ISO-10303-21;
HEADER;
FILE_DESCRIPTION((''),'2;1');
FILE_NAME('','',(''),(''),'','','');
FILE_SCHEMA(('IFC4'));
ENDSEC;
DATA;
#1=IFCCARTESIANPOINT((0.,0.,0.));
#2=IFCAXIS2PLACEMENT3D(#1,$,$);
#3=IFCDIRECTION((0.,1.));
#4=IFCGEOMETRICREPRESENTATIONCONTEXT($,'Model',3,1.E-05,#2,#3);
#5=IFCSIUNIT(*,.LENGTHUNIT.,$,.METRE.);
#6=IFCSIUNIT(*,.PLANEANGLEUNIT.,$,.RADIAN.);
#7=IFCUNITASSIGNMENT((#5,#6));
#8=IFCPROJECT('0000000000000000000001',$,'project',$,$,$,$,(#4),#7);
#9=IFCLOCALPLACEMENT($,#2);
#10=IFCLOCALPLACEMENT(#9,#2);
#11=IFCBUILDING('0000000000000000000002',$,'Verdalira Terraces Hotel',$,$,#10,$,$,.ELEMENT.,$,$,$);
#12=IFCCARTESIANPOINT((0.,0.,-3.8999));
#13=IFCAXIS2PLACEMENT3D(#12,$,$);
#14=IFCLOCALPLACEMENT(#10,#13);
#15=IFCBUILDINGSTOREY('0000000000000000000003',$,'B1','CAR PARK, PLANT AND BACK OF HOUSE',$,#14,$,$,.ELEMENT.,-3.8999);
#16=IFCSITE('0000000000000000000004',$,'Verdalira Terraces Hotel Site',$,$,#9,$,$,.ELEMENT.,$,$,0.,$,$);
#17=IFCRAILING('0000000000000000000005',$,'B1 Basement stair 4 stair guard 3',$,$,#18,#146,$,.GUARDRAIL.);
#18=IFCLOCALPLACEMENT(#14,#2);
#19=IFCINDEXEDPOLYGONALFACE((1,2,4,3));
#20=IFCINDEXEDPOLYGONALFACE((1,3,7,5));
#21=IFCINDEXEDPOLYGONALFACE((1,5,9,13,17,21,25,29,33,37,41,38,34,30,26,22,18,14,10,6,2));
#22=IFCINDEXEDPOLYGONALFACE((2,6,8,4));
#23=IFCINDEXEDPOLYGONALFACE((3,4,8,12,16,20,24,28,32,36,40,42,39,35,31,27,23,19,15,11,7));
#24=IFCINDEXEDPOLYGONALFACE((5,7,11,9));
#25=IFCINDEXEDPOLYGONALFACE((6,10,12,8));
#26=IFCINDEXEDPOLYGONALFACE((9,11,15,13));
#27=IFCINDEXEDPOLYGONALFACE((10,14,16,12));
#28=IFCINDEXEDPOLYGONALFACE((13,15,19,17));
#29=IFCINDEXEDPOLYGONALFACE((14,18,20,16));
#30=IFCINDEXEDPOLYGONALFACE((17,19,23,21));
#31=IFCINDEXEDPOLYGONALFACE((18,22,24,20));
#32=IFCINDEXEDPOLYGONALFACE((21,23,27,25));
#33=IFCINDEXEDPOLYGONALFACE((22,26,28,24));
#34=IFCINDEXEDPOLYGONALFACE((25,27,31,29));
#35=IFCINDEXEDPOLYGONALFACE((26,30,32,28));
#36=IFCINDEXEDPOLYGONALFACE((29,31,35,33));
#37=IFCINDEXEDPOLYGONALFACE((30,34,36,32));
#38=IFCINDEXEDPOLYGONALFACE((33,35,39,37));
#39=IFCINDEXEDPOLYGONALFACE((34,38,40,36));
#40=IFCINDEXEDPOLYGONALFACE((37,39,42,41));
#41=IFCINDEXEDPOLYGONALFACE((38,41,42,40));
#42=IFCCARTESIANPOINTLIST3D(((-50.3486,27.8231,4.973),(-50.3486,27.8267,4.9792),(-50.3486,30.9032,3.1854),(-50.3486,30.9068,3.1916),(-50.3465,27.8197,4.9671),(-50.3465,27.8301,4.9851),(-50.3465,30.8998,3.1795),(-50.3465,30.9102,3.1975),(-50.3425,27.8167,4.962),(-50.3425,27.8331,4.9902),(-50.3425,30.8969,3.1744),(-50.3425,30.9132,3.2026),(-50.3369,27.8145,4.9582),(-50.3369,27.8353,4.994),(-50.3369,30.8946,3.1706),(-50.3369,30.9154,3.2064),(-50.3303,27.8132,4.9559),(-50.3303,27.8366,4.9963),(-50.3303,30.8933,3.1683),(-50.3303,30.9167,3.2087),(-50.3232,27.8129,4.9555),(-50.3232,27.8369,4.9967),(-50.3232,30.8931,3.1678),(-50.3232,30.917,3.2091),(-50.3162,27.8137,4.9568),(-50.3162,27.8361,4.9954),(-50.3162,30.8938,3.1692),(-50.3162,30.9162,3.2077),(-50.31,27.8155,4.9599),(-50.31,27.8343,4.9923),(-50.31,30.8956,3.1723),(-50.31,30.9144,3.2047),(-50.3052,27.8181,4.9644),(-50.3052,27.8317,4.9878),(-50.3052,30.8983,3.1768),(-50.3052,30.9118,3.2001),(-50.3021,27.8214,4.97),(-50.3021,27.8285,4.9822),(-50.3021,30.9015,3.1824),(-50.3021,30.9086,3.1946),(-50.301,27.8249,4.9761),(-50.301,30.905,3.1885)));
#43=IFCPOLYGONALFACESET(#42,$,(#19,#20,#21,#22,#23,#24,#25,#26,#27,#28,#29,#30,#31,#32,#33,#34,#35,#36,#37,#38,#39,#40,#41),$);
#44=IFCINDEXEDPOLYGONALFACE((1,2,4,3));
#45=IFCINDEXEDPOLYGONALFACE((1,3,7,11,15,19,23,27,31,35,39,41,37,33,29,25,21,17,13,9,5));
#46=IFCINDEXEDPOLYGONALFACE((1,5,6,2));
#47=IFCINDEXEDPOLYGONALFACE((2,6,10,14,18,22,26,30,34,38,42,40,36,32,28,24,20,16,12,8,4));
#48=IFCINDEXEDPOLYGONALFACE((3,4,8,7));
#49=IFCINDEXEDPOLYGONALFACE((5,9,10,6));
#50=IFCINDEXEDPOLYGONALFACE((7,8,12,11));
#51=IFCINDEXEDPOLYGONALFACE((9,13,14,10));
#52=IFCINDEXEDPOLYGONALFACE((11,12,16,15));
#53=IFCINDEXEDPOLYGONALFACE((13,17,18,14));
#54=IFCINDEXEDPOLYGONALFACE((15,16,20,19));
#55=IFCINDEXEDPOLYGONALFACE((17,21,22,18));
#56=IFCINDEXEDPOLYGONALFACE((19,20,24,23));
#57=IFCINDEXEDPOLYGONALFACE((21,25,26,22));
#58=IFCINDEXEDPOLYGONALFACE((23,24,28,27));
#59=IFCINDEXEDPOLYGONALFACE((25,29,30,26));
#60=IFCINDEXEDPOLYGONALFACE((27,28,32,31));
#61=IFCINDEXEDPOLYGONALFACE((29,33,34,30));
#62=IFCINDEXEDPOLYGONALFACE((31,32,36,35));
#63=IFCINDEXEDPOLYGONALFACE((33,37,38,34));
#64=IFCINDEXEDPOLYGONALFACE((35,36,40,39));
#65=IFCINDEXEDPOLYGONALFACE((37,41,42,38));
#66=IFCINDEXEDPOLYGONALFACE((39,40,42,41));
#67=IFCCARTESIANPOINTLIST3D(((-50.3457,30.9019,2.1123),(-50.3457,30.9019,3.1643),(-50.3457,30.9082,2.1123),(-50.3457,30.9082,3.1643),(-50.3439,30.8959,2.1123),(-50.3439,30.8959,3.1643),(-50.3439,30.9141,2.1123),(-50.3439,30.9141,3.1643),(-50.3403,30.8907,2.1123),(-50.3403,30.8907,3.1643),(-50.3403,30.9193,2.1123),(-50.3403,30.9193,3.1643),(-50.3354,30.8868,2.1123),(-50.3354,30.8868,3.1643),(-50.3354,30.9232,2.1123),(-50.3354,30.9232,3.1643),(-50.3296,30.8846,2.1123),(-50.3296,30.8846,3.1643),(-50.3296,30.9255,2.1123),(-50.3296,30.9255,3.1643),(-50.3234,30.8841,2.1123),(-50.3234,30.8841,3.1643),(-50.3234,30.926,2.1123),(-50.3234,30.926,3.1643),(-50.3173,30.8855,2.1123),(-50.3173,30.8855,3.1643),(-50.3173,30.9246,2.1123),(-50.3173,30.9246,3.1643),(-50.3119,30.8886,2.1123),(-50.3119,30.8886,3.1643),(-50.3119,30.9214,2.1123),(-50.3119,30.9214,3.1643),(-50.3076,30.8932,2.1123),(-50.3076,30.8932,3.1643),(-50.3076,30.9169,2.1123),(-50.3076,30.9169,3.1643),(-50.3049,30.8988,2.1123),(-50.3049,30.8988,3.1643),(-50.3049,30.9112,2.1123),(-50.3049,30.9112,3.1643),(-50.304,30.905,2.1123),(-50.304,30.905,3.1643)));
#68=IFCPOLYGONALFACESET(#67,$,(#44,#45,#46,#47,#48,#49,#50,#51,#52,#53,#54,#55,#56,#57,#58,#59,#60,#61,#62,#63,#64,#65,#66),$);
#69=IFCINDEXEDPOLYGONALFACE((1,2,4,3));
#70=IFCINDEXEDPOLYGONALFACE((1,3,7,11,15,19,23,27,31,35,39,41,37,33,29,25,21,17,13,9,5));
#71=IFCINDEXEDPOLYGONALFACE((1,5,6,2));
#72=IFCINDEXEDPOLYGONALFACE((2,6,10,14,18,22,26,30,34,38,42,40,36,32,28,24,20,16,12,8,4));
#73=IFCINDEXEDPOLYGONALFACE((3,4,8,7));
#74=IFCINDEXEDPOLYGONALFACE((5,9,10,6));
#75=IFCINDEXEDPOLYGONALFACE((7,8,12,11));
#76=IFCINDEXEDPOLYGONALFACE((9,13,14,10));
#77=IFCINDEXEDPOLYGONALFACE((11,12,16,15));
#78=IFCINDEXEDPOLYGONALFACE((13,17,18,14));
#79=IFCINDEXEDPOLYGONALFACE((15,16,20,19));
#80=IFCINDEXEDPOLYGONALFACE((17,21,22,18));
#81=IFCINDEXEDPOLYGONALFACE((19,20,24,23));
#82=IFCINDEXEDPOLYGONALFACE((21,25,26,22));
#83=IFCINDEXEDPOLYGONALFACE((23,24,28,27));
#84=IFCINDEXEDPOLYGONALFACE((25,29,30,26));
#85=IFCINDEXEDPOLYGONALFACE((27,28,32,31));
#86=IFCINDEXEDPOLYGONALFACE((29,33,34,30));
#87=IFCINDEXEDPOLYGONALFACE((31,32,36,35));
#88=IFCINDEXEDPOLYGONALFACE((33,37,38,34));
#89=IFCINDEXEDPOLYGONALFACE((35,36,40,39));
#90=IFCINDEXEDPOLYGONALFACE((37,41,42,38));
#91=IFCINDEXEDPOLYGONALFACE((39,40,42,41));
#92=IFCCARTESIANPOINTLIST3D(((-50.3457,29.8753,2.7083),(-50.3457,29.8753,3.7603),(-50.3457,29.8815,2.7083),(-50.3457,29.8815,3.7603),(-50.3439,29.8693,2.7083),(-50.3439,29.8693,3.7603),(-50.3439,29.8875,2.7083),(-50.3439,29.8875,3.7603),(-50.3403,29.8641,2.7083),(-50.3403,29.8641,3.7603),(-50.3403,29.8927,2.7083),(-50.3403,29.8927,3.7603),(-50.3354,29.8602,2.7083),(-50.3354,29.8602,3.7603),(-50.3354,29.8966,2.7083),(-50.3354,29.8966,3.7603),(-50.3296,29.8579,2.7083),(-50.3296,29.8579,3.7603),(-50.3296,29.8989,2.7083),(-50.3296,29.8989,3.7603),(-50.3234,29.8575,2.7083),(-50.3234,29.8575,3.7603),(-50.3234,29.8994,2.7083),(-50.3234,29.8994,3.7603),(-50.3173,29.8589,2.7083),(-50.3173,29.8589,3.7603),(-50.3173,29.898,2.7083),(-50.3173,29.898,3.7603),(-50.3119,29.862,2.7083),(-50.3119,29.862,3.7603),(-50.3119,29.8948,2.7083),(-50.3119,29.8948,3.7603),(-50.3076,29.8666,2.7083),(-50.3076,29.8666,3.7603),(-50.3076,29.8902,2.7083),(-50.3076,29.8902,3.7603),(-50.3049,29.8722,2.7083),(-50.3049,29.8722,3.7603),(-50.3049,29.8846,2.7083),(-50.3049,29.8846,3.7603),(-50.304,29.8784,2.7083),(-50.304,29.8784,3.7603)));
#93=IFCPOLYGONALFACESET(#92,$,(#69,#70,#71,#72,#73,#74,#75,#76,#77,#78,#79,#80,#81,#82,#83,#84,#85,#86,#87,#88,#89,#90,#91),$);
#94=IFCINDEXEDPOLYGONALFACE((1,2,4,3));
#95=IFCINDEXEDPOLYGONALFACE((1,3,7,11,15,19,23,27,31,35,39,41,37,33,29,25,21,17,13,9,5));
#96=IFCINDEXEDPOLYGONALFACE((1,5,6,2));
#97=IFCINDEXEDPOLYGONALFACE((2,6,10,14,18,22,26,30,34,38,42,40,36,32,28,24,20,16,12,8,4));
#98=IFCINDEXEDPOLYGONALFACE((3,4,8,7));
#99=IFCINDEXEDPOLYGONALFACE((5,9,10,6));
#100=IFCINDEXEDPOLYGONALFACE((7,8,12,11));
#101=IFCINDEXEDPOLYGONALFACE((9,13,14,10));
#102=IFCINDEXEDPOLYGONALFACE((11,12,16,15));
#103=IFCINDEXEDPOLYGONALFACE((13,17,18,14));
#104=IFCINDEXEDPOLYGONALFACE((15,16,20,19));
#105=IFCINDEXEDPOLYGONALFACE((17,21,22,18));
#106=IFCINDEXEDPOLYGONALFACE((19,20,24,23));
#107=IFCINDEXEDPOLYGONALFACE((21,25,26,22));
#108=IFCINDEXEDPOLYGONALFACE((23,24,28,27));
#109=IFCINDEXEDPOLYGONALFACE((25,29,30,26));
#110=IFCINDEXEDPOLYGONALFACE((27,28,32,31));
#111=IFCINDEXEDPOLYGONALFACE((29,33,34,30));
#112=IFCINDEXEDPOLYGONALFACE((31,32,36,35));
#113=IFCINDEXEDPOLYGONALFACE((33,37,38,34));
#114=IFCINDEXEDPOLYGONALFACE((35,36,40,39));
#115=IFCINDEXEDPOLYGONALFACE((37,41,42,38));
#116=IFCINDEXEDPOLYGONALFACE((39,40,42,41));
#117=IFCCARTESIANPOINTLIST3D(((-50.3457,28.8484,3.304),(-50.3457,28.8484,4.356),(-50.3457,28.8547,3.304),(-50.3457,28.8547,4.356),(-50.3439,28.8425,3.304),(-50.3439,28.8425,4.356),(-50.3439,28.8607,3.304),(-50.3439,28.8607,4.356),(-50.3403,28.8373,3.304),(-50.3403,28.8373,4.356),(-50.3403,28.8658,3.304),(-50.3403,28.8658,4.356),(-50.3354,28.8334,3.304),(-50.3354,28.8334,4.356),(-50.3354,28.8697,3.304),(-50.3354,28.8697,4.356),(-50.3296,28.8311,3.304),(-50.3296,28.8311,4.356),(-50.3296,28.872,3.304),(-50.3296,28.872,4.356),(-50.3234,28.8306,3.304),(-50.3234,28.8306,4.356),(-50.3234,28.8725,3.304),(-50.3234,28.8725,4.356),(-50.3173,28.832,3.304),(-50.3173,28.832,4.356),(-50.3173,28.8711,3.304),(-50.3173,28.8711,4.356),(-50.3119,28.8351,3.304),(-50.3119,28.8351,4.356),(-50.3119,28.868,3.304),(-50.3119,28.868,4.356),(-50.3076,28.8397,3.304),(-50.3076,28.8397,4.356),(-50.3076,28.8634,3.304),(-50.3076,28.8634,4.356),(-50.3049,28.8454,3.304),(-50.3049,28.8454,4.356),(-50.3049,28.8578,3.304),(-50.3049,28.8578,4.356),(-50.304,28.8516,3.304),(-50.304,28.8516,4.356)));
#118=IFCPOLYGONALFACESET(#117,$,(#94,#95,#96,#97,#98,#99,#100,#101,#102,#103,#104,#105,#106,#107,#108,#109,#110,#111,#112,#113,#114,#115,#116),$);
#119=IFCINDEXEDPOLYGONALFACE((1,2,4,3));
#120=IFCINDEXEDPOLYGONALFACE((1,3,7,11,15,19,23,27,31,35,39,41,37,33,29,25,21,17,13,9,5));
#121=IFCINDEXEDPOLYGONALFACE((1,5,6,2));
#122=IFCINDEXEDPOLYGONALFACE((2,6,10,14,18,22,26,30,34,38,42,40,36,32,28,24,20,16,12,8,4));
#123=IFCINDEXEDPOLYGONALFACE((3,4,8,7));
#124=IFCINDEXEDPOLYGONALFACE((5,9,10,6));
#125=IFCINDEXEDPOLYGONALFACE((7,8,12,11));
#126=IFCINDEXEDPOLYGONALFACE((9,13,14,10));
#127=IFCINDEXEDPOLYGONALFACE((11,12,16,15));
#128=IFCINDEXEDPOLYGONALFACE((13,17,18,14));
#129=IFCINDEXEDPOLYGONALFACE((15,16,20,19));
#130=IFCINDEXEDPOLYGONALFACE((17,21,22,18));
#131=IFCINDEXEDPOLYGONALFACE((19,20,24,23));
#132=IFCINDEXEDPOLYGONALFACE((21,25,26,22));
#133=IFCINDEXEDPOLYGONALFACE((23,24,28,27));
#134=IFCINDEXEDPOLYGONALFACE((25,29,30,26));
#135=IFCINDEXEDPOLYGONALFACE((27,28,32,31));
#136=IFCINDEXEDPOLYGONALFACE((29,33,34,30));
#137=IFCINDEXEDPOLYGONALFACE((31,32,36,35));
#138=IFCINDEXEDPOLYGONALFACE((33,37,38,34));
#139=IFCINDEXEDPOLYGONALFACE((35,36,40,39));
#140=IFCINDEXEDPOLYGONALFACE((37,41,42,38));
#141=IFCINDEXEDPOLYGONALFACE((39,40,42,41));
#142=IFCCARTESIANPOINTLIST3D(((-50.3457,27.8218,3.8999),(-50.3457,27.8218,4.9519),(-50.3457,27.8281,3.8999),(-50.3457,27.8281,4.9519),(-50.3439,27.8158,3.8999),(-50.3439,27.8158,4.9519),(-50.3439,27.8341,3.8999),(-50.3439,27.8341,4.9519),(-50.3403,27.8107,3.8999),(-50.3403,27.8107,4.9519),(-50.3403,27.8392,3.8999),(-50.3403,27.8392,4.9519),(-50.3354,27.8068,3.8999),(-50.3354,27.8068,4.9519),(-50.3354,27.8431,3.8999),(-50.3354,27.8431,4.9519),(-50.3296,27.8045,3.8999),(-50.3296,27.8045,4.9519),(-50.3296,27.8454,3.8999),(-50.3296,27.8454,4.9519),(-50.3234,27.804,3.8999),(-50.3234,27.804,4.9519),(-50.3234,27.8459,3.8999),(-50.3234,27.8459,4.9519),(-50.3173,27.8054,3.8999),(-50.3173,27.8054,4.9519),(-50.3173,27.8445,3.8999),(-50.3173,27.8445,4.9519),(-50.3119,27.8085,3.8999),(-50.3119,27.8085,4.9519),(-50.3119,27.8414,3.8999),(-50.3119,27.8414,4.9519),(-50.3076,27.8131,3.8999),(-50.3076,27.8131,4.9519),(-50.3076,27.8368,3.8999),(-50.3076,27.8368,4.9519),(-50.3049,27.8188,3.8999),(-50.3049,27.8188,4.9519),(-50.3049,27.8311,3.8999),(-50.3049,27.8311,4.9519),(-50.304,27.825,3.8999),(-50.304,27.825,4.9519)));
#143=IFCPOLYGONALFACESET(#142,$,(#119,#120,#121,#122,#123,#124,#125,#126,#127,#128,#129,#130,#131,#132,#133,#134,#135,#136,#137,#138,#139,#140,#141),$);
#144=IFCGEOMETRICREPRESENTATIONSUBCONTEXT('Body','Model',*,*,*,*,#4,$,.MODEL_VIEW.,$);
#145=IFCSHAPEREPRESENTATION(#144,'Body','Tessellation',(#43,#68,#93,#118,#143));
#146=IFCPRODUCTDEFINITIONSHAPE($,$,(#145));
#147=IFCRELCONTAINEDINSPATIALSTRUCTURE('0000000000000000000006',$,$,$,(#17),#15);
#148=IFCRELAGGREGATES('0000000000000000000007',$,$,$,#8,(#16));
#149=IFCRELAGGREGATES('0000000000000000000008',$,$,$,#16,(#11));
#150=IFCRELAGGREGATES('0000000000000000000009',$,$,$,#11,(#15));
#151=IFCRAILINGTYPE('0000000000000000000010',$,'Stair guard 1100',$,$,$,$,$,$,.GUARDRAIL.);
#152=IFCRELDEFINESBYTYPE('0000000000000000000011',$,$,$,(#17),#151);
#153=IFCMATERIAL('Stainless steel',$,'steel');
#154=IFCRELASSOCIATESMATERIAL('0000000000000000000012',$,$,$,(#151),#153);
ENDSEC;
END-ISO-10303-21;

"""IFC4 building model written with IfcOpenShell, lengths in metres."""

from ifc_helpers import new_model, si_unit, direction, frame, origin, origin_2d, place, context, subcontext, project, spatial, circle, extrude, material, type_object, element, save


model = new_model("IFC4")

# Units and contexts
model_context = context("Model", 3, precision=1e-05, world=origin(), true_north=direction((0.0, 1.0)))
body_context = subcontext(model_context, "Body", "Model", "MODEL_VIEW")
ifc_project = project(units=[si_unit("LENGTHUNIT", "METRE"), si_unit("PLANEANGLEUNIT", "RADIAN")], contexts=[model_context])

# Site, building, storey
site_placement = place(None, origin())
site = spatial("IfcSite", under=ifc_project, at=site_placement, Name="Verdalira Terraces Hotel Site", CompositionType="ELEMENT", RefElevation=0.0)
building_placement = place(site_placement, origin())
building = spatial("IfcBuilding", under=site, at=building_placement, Name="Verdalira Terraces Hotel", CompositionType="ELEMENT")
storey_placement = place(building_placement, frame((0.0, 0.0, -3.8999)))
storey = spatial("IfcBuildingStorey", under=building, at=storey_placement, Name="B1", Description="CAR PARK, PLANT AND BACK OF HOUSE", CompositionType="ELEMENT", Elevation=-3.8999)

# Railing
ifc_material_1 = material(Name="Stainless steel", Category="steel")
railing_type_1 = type_object("IfcRailingType", Name="Stair guard 1100", PredefinedType="GUARDRAIL", material=ifc_material_1)
railing_1_placement = place(storey_placement, frame((-50.325, 30.905, 2.1123)))
element("IfcRailing", 1, at=railing_1_placement, inside=storey, type_object=railing_type_1, Name="B1 Basement stair 4 stair guard 3", PredefinedType="GUARDRAIL", context=body_context, shape_type="SweptSolid", body=[
    extrude(circle(Radius=0.0239, at=origin_2d()), frame((0.0, 0.0, 1.0762), z_axis=(0.0, -0.864891, 0.50196), x_axis=(1.0, 0.0, 0.0)), (0.0, 0.0, 1.0), 3.5613),
    extrude(circle(Radius=0.021, at=origin_2d()), origin(), (0.0, 0.0, 1.0), 1.052),
    extrude(circle(Radius=0.021, at=origin_2d()), frame((0.0, -1.0266, 0.5959)), (0.0, 0.0, 1.0), 1.052),
    extrude(circle(Radius=0.021, at=origin_2d()), frame((0.0, -2.0535, 1.1917)), (0.0, 0.0, 1.0), 1.052),
    extrude(circle(Radius=0.021, at=origin_2d()), frame((0.0, -3.0801, 1.7876)), (0.0, 0.0, 1.0), 1.052),
])

save(model, "model.ifc")
